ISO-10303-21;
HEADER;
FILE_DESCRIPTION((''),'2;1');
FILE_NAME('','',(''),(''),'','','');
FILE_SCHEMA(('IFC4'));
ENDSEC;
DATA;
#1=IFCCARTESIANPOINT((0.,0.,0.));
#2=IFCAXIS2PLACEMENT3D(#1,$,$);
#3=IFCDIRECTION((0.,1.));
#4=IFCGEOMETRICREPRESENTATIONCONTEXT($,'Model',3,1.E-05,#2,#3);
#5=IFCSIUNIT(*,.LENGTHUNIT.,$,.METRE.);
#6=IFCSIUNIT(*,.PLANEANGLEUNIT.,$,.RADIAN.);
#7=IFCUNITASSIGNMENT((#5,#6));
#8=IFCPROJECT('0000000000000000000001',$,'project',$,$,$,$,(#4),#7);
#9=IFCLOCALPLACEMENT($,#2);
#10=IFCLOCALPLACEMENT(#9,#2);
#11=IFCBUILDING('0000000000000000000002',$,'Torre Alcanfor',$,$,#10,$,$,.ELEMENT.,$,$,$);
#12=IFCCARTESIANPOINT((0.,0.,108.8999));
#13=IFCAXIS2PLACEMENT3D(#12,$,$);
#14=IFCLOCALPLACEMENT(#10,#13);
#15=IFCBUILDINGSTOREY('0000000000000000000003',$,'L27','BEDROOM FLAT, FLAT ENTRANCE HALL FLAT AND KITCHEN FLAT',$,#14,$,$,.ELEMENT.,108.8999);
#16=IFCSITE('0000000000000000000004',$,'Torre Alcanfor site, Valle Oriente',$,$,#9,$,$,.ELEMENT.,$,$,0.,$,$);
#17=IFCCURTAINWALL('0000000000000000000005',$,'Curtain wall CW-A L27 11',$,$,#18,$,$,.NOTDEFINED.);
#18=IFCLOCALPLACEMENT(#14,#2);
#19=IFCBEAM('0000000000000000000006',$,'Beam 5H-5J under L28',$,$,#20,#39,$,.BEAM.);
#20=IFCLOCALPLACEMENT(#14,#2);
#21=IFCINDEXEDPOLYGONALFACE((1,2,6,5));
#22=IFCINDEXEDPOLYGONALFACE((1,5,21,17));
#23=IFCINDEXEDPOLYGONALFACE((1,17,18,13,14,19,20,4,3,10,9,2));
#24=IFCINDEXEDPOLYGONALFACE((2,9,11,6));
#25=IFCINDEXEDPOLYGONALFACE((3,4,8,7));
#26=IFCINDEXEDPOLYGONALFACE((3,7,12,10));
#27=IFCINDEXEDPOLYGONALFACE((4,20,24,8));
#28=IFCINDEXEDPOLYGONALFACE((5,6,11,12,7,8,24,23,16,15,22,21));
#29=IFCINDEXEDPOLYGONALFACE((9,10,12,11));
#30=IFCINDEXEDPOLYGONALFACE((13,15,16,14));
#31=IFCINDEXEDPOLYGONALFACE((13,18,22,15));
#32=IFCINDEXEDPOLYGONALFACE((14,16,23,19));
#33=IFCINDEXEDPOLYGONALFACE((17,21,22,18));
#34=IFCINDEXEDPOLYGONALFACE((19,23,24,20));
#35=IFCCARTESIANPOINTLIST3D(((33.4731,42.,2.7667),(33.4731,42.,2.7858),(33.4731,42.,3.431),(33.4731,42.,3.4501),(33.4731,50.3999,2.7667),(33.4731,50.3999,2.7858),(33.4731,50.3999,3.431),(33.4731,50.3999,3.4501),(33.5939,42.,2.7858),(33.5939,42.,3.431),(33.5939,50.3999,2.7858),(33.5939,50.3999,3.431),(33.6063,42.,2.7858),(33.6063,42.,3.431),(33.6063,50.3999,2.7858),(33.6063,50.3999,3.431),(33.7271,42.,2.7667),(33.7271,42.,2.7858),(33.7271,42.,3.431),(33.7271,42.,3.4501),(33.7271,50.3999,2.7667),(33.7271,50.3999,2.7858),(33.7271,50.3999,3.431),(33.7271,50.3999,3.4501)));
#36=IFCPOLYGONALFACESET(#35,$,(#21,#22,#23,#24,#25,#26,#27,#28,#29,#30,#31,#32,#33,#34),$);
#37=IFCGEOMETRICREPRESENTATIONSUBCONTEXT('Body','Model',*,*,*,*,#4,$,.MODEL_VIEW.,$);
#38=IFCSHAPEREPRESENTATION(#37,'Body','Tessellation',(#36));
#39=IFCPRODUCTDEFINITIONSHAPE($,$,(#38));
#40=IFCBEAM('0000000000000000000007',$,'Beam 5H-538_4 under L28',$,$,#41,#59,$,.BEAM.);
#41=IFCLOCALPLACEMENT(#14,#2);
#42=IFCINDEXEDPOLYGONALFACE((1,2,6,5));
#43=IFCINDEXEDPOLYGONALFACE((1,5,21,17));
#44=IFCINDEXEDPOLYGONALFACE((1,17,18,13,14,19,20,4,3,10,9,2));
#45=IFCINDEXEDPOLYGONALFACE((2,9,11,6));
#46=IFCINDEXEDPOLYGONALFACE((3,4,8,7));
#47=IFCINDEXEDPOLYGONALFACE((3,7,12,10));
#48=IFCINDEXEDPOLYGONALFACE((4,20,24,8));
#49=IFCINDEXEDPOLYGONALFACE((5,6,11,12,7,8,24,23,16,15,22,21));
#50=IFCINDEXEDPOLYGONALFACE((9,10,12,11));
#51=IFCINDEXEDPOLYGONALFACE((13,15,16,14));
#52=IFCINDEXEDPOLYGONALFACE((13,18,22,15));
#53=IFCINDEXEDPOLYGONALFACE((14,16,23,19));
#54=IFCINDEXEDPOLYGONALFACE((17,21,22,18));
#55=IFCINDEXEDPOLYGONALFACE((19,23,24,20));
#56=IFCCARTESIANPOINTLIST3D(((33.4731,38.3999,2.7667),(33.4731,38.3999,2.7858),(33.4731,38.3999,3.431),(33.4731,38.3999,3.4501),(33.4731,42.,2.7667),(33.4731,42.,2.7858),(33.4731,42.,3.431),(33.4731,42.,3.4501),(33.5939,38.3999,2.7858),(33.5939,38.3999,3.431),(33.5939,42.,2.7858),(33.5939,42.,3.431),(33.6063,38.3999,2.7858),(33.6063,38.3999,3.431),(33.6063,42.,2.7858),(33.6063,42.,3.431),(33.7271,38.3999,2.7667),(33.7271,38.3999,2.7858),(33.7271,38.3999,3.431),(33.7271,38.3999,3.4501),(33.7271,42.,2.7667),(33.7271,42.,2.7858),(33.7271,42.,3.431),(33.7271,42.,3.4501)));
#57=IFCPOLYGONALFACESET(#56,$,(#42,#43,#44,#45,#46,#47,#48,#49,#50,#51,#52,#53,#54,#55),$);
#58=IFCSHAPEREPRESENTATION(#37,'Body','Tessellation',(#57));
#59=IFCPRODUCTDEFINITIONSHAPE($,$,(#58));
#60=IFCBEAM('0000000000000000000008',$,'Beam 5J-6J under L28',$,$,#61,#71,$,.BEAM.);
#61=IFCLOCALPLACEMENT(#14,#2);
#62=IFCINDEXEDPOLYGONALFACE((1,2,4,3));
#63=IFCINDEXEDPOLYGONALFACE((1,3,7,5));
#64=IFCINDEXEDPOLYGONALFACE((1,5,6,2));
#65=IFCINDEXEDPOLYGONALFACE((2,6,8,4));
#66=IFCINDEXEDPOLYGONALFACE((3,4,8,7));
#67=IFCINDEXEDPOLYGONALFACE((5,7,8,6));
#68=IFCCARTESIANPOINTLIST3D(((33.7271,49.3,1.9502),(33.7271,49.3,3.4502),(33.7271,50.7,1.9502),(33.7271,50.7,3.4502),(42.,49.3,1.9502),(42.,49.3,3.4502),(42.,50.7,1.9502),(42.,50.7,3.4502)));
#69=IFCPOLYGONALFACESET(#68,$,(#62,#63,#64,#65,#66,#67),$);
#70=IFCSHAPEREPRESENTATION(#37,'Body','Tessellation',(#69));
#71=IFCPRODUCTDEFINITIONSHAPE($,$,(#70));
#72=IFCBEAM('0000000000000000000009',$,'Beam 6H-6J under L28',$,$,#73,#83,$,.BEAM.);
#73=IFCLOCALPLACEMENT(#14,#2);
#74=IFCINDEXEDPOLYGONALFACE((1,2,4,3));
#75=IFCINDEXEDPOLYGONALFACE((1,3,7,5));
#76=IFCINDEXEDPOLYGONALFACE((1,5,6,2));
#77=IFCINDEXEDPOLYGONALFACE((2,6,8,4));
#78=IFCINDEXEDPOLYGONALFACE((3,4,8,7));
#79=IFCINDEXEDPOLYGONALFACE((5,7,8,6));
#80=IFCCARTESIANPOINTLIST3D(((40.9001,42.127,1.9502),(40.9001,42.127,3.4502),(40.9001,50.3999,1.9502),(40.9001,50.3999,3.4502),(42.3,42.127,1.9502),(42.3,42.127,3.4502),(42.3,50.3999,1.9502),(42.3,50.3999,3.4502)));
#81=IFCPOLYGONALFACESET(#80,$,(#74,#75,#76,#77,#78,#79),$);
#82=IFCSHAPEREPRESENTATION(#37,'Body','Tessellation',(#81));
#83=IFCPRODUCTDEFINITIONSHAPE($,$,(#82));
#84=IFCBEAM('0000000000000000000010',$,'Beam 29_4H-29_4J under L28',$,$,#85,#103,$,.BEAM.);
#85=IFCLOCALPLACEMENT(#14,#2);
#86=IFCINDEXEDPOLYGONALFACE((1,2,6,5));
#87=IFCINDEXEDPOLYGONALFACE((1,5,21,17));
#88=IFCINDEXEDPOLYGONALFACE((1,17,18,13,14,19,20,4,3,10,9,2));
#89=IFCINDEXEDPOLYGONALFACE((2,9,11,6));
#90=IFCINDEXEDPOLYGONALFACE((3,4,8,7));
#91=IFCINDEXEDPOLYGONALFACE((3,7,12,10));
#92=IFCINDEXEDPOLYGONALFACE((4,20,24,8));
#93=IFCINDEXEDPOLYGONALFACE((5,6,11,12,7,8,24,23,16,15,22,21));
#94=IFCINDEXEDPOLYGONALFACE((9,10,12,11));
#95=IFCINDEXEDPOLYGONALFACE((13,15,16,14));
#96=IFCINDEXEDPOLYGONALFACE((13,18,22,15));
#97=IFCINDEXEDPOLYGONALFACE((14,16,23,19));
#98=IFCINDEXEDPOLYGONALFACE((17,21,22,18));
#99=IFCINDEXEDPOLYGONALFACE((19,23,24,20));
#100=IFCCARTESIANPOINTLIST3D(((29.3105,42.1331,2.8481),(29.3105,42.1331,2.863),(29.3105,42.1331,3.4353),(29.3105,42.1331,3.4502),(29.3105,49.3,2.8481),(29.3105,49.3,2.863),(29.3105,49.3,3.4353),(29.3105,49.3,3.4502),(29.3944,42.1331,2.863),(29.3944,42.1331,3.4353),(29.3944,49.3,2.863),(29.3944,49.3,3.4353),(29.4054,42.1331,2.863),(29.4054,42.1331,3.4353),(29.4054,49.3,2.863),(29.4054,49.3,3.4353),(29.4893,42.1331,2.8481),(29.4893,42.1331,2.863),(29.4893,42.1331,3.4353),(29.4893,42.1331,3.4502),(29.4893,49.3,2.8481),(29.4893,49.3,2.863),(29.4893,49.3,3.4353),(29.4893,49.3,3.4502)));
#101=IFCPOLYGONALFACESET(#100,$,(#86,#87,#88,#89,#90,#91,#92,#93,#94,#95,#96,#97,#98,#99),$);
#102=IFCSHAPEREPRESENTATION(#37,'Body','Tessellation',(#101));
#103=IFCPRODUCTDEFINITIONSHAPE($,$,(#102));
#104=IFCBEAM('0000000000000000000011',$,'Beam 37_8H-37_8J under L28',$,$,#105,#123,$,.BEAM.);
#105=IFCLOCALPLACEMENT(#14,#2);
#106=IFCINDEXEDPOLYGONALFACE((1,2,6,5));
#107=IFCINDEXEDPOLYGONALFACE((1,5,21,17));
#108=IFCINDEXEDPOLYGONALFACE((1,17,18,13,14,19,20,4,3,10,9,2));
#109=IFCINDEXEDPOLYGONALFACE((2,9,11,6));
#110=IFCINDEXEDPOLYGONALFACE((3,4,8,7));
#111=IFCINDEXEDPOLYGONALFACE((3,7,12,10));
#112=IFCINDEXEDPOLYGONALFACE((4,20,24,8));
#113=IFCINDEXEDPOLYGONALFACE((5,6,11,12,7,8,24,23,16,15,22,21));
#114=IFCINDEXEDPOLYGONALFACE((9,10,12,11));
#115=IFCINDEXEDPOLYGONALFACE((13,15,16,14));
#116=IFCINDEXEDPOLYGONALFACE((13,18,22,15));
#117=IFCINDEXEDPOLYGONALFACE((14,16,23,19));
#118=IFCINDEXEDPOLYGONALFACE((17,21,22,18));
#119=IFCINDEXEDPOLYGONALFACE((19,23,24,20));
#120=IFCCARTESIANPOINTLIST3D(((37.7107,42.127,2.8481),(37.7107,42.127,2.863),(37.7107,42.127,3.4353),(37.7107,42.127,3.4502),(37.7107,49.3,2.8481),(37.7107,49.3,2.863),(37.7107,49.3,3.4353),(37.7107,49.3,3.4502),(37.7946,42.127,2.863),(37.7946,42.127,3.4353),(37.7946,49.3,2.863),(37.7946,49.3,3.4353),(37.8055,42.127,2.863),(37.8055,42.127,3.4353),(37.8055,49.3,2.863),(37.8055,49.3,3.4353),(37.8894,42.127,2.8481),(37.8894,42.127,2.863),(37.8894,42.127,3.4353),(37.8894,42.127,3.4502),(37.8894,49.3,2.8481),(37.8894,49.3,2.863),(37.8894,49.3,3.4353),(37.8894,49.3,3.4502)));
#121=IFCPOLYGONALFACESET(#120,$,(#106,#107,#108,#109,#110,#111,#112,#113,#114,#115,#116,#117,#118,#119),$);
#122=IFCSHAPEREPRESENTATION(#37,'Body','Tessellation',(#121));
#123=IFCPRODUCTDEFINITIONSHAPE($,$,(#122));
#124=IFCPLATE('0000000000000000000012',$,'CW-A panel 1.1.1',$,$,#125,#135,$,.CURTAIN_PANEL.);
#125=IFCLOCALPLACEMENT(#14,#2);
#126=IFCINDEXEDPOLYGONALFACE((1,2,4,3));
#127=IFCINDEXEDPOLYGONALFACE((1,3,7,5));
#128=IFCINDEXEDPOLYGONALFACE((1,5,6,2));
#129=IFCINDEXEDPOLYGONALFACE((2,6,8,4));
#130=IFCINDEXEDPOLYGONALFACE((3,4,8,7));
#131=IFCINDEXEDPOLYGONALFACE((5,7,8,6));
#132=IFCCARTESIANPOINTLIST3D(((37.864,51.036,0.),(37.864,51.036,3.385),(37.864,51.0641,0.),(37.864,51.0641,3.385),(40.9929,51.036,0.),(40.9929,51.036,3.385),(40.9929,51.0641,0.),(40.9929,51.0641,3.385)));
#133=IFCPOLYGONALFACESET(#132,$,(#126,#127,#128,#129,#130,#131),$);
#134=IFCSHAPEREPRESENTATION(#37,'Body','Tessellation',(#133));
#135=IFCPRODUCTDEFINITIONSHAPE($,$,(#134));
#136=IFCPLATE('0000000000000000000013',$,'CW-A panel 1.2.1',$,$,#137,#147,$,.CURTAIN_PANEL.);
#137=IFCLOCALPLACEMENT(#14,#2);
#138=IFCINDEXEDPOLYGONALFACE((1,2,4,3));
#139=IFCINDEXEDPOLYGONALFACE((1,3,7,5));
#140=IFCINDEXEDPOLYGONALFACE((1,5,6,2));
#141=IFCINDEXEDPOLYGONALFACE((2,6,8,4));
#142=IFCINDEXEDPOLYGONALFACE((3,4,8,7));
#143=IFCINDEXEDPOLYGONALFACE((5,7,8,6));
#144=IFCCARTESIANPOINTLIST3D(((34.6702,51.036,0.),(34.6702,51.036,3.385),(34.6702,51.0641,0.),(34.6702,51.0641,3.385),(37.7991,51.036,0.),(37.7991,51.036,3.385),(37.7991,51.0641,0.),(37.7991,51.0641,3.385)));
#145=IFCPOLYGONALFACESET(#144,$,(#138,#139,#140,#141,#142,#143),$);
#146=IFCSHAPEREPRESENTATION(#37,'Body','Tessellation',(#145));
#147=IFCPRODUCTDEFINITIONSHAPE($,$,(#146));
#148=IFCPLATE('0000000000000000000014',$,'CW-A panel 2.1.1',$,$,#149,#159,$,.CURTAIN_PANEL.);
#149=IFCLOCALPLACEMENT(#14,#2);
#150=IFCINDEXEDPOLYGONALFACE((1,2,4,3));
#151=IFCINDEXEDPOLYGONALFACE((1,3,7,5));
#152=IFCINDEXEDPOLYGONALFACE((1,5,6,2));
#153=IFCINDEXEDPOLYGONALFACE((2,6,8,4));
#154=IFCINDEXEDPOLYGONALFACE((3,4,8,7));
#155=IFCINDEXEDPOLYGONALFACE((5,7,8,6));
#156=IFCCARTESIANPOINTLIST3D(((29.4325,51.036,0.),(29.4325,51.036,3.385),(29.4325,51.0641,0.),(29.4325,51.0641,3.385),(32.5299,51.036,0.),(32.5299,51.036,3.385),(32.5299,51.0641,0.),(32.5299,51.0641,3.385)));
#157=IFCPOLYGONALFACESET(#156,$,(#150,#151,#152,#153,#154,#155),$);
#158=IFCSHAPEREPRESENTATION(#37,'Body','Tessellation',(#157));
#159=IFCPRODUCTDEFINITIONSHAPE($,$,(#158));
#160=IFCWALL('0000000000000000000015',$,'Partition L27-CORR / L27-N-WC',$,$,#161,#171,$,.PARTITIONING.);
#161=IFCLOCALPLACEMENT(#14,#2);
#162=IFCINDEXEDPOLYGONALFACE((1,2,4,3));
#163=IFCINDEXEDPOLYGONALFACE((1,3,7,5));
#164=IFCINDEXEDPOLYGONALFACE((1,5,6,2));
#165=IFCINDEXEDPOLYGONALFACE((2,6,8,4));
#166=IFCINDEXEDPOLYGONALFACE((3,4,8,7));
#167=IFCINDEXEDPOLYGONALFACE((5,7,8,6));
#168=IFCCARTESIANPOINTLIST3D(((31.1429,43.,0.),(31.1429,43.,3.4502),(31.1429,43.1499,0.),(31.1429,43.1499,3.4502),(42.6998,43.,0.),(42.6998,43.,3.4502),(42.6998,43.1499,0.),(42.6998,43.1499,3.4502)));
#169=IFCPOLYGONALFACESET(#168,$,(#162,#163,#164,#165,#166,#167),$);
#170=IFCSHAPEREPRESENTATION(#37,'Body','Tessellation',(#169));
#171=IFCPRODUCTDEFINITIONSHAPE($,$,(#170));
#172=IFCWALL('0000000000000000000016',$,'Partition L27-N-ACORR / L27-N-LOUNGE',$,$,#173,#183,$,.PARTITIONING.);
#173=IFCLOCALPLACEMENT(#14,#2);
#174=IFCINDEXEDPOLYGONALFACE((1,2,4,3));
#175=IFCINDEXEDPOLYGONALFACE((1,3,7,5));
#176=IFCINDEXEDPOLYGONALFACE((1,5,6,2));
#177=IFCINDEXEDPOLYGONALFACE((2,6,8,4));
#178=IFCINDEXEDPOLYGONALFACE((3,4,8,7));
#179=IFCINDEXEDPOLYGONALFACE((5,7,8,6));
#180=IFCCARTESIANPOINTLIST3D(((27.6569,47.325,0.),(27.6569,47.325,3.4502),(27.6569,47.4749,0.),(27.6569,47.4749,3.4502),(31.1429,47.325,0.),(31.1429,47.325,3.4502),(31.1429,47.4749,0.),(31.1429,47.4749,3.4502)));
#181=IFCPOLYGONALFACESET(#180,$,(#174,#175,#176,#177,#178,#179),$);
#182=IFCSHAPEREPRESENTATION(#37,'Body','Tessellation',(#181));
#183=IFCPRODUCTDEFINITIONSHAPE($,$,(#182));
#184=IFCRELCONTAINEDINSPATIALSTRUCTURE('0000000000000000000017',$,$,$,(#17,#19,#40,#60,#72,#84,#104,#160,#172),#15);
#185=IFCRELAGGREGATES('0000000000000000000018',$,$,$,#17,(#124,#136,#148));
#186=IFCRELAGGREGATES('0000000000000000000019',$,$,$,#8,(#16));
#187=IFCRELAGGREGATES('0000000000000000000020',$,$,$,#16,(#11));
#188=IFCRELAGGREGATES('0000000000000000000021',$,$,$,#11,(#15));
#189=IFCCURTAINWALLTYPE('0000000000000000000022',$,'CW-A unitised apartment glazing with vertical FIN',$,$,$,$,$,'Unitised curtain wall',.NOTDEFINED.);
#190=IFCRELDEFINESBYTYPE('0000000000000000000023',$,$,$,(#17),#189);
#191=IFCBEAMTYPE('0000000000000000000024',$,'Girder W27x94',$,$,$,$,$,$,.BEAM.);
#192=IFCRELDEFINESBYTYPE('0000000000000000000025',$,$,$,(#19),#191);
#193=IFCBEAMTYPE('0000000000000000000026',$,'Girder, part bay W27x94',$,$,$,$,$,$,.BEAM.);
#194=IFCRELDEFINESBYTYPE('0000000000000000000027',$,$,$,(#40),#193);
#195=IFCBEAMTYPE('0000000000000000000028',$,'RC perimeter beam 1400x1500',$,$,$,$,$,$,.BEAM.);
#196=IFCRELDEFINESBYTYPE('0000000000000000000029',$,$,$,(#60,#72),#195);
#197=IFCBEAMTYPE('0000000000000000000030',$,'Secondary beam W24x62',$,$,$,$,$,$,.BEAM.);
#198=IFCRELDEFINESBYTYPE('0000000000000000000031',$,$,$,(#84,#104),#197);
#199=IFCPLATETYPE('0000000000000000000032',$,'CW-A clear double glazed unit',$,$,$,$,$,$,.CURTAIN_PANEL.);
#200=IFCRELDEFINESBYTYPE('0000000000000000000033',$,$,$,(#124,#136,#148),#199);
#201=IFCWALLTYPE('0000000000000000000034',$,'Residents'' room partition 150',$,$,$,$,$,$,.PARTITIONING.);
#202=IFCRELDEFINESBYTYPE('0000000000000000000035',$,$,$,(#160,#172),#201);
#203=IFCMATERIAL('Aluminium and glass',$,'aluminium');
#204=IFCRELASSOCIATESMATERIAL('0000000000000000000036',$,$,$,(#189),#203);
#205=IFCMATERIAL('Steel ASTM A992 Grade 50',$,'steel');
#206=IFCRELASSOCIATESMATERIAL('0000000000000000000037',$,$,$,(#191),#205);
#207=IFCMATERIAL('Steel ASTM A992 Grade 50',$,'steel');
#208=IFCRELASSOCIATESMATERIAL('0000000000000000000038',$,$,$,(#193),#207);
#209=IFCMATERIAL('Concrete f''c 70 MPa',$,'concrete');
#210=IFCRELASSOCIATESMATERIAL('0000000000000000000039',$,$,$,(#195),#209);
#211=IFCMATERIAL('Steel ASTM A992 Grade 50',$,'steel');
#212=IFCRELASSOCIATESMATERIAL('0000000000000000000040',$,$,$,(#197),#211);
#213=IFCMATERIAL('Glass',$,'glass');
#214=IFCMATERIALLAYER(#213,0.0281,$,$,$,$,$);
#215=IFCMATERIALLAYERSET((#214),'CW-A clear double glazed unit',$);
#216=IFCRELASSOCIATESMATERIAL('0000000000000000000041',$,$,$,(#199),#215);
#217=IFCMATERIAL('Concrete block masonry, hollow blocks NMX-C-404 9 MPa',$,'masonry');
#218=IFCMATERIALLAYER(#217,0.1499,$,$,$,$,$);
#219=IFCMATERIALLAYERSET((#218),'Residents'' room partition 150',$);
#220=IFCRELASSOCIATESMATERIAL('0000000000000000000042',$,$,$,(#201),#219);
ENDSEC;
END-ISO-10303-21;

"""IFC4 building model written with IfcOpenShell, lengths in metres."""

from ifc_helpers import new_model, si_unit, direction, frame, frame_2d, origin, origin_2d, place, context, subcontext, project, spatial, rectangle, i_section, extrude, material, layer, layer_set, material_profile, profile_set, type_object, element, aggregate, save


model = new_model("IFC4")

# Units and contexts
model_context = context("Model", 3, precision=1e-05, world=origin(), true_north=direction((0.0, 1.0)))
body_context = subcontext(model_context, "Body", "Model", "MODEL_VIEW")
ifc_project = project(units=[si_unit("LENGTHUNIT", "METRE"), si_unit("PLANEANGLEUNIT", "RADIAN")], contexts=[model_context])

# Site, building, storey
site_placement = place(None, origin())
site = spatial("IfcSite", under=ifc_project, at=site_placement, Name="Torre Alcanfor site, Valle Oriente", CompositionType="ELEMENT", RefElevation=0.0)
building_placement = place(site_placement, origin())
building = spatial("IfcBuilding", under=site, at=building_placement, Name="Torre Alcanfor", CompositionType="ELEMENT")
storey_placement = place(building_placement, frame((0.0, 0.0, 108.8999)))
storey = spatial("IfcBuildingStorey", under=building, at=storey_placement, Name="L27", Description="BEDROOM FLAT, FLAT ENTRANCE HALL FLAT AND KITCHEN FLAT", CompositionType="ELEMENT", Elevation=108.8999)

# Curtain wall
ifc_material_1 = material(Name="Aluminium and glass", Category="aluminium")
curtain_wall_type = type_object("IfcCurtainWallType", Name="CW-A unitised apartment glazing with vertical FIN", ElementType="Unitised curtain wall", PredefinedType="NOTDEFINED", material=ifc_material_1)
curtain_wall_placement = place(storey_placement, origin())
curtain_wall = element("IfcCurtainWall", 1, at=curtain_wall_placement, inside=storey, type_object=curtain_wall_type, Name="Curtain wall CW-A L27 11", PredefinedType="NOTDEFINED")

# Beams
ifc_material_2 = material(Name="Steel ASTM A992 Grade 50", Category="steel")
ifc_material_profile_1 = material_profile(ifc_material_2, i_section(OverallWidth=0.2539, OverallDepth=0.6833, WebThickness=0.0125, FlangeThickness=0.019, at=origin_2d()), Name="W27x94")
ifc_profile_set_1 = profile_set([ifc_material_profile_1], Name="Steel ASTM A992 Grade 50")
beam_type_1 = type_object("IfcBeamType", Name="Girder W27x94", PredefinedType="BEAM", material=ifc_profile_set_1)
beam_1_placement = place(storey_placement, frame((33.6001, 42.0, 3.1084), z_axis=(0.0, 1.0, 0.0), x_axis=(-1.0, 0.0, 0.0)))
element("IfcBeam", 2, at=beam_1_placement, inside=storey, type_object=beam_type_1, Name="Beam 5H-5J under L28", PredefinedType="BEAM", context=body_context, shape_type="SweptSolid", body=[
    extrude(i_section(OverallWidth=0.2539, OverallDepth=0.6833, WebThickness=0.0125, FlangeThickness=0.019, at=origin_2d()), origin(), (0.0, 0.0, 1.0), 8.3999),
])
ifc_material_3 = material(Name="Steel ASTM A992 Grade 50", Category="steel")
ifc_material_profile_2 = material_profile(ifc_material_3, i_section(OverallWidth=0.2539, OverallDepth=0.6833, WebThickness=0.0125, FlangeThickness=0.019, at=origin_2d()), Name="W27x94")
ifc_profile_set_2 = profile_set([ifc_material_profile_2], Name="Steel ASTM A992 Grade 50")
beam_type_2 = type_object("IfcBeamType", Name="Girder, part bay W27x94", PredefinedType="BEAM", material=ifc_profile_set_2)
beam_2_placement = place(storey_placement, frame((33.6001, 42.0, 3.1084), z_axis=(0.0, -1.0, 0.0), x_axis=(1.0, 0.0, 0.0)))
element("IfcBeam", 3, at=beam_2_placement, inside=storey, type_object=beam_type_2, Name="Beam 5H-538_4 under L28", PredefinedType="BEAM", context=body_context, shape_type="SweptSolid", body=[
    extrude(i_section(OverallWidth=0.2539, OverallDepth=0.6833, WebThickness=0.0125, FlangeThickness=0.019, at=origin_2d()), origin(), (0.0, 0.0, 1.0), 3.6001),
])
ifc_material_4 = material(Name="Concrete f'c 70 MPa", Category="concrete")
ifc_material_profile_3 = material_profile(ifc_material_4, rectangle(XDim=1.3999, YDim=1.5, at=origin_2d()), Name="1400x1500")
ifc_profile_set_3 = profile_set([ifc_material_profile_3], Name="Concrete f'c 70 MPa")
beam_type_3 = type_object("IfcBeamType", Name="RC perimeter beam 1400x1500", PredefinedType="BEAM", material=ifc_profile_set_3)
for number, where, z_axis, x_axis, name in (
    (4, (33.7271, 50.0, 2.7002), (1.0, 0.0, 0.0), (0.0, 1.0, 0.0), "Beam 5J-6J under L28"),
    (5, (41.6001, 42.127, 2.7002), (0.0, 1.0, 0.0), (-1.0, 0.0, 0.0), "Beam 6H-6J under L28"),
):
    element("IfcBeam", number, at=place(storey_placement, frame(where, z_axis=z_axis, x_axis=x_axis)), inside=storey, type_object=beam_type_3, Name=name, PredefinedType="BEAM", context=body_context, shape_type="SweptSolid", body=[
        extrude(rectangle(XDim=1.3999, YDim=1.5, at=origin_2d()), origin(), (0.0, 0.0, 1.0), 8.2729),
    ])
ifc_material_5 = material(Name="Steel ASTM A992 Grade 50", Category="steel")
ifc_material_profile_4 = material_profile(ifc_material_5, i_section(OverallWidth=0.1787, OverallDepth=0.6021, WebThickness=0.011, FlangeThickness=0.0149, at=origin_2d()), Name="W24x62")
ifc_profile_set_4 = profile_set([ifc_material_profile_4], Name="Steel ASTM A992 Grade 50")
beam_type_4 = type_object("IfcBeamType", Name="Secondary beam W24x62", PredefinedType="BEAM", material=ifc_profile_set_4)
beam_3_placement = place(storey_placement, frame((29.3999, 42.1331, 3.1492), z_axis=(0.0, 1.0, 0.0), x_axis=(-1.0, 0.0, 0.0)))
element("IfcBeam", 6, at=beam_3_placement, inside=storey, type_object=beam_type_4, Name="Beam 29_4H-29_4J under L28", PredefinedType="BEAM", context=body_context, shape_type="SweptSolid", body=[
    extrude(i_section(OverallWidth=0.1787, OverallDepth=0.6021, WebThickness=0.011, FlangeThickness=0.0149, at=origin_2d()), origin(), (0.0, 0.0, 1.0), 7.167),
])
beam_4_placement = place(storey_placement, frame((37.8, 42.127, 3.1492), z_axis=(0.0, 1.0, 0.0), x_axis=(-1.0, 0.0, 0.0)))
element("IfcBeam", 7, at=beam_4_placement, inside=storey, type_object=beam_type_4, Name="Beam 37_8H-37_8J under L28", PredefinedType="BEAM", context=body_context, shape_type="SweptSolid", body=[
    extrude(i_section(OverallWidth=0.1787, OverallDepth=0.6021, WebThickness=0.011, FlangeThickness=0.0149, at=origin_2d()), origin(), (0.0, 0.0, 1.0), 7.1731),
])

# Plates
ifc_material_6 = material(Name="Glass", Category="glass")
ifc_layer_1 = layer(ifc_material_6, 0.0281)
ifc_layer_set_1 = layer_set([ifc_layer_1], Name="CW-A clear double glazed unit")
plate_type = type_object("IfcPlateType", Name="CW-A clear double glazed unit", PredefinedType="CURTAIN_PANEL", material=ifc_layer_set_1)
plate_1_placement = place(storey_placement, frame((39.4285, 51.05, 0.0), z_axis=(0.0, 0.0, 1.0), x_axis=(-1.0, 0.0, 0.0)))
plate_1 = element("IfcPlate", 8, at=plate_1_placement, type_object=plate_type, Name="CW-A panel 1.1.1", PredefinedType="CURTAIN_PANEL", context=body_context, shape_type="SweptSolid", body=[
    extrude(rectangle(XDim=3.1289, YDim=0.0281, at=origin_2d()), origin(), (0.0, 0.0, 1.0), 3.385),
])
plate_2_placement = place(storey_placement, frame((36.2346, 51.05, 0.0), z_axis=(0.0, 0.0, 1.0), x_axis=(-1.0, 0.0, 0.0)))
plate_2 = element("IfcPlate", 9, at=plate_2_placement, type_object=plate_type, Name="CW-A panel 1.2.1", PredefinedType="CURTAIN_PANEL", context=body_context, shape_type="SweptSolid", body=[
    extrude(rectangle(XDim=3.1289, YDim=0.0281, at=origin_2d()), origin(), (0.0, 0.0, 1.0), 3.385),
])
plate_3_placement = place(storey_placement, frame((30.9812, 51.05, 0.0), z_axis=(0.0, 0.0, 1.0), x_axis=(-1.0, 0.0, 0.0)))
plate_3 = element("IfcPlate", 10, at=plate_3_placement, type_object=plate_type, Name="CW-A panel 2.1.1", PredefinedType="CURTAIN_PANEL", context=body_context, shape_type="SweptSolid", body=[
    extrude(rectangle(XDim=3.0974, YDim=0.0281, at=origin_2d()), origin(), (0.0, 0.0, 1.0), 3.385),
])
aggregate(curtain_wall, [plate_1, plate_2, plate_3])

# Walls
ifc_material_7 = material(Name="Concrete block masonry, hollow blocks NMX-C-404 9 MPa", Category="masonry")
ifc_layer_2 = layer(ifc_material_7, 0.1499)
ifc_layer_set_2 = layer_set([ifc_layer_2], Name="Residents' room partition 150")
wall_type = type_object("IfcWallType", Name="Residents' room partition 150", PredefinedType="PARTITIONING", material=ifc_layer_set_2)
wall_1_placement = place(storey_placement, frame((31.1431, 43.075, 0.0), z_axis=(0.0, 0.0, 1.0), x_axis=(1.0, 0.0, 0.0)))
element("IfcWall", 11, at=wall_1_placement, inside=storey, type_object=wall_type, Name="Partition L27-CORR / L27-N-WC", PredefinedType="PARTITIONING", context=body_context, shape_type="SweptSolid", body=[
    extrude(rectangle(XDim=11.5569, YDim=0.1499, at=frame_2d((5.7783, 0.0))), origin(), (0.0, 0.0, 1.0), 3.4502),
])
wall_2_placement = place(storey_placement, frame((31.1431, 47.3999, 0.0), z_axis=(0.0, 0.0, 1.0), x_axis=(-1.0, 0.0, 0.0)))
element("IfcWall", 12, at=wall_2_placement, inside=storey, type_object=wall_type, Name="Partition L27-N-ACORR / L27-N-LOUNGE", PredefinedType="PARTITIONING", context=body_context, shape_type="SweptSolid", body=[
    extrude(rectangle(XDim=3.4861, YDim=0.1499, at=frame_2d((1.7432, 0.0))), origin(), (0.0, 0.0, 1.0), 3.4502),
])

save(model, "model.ifc")
